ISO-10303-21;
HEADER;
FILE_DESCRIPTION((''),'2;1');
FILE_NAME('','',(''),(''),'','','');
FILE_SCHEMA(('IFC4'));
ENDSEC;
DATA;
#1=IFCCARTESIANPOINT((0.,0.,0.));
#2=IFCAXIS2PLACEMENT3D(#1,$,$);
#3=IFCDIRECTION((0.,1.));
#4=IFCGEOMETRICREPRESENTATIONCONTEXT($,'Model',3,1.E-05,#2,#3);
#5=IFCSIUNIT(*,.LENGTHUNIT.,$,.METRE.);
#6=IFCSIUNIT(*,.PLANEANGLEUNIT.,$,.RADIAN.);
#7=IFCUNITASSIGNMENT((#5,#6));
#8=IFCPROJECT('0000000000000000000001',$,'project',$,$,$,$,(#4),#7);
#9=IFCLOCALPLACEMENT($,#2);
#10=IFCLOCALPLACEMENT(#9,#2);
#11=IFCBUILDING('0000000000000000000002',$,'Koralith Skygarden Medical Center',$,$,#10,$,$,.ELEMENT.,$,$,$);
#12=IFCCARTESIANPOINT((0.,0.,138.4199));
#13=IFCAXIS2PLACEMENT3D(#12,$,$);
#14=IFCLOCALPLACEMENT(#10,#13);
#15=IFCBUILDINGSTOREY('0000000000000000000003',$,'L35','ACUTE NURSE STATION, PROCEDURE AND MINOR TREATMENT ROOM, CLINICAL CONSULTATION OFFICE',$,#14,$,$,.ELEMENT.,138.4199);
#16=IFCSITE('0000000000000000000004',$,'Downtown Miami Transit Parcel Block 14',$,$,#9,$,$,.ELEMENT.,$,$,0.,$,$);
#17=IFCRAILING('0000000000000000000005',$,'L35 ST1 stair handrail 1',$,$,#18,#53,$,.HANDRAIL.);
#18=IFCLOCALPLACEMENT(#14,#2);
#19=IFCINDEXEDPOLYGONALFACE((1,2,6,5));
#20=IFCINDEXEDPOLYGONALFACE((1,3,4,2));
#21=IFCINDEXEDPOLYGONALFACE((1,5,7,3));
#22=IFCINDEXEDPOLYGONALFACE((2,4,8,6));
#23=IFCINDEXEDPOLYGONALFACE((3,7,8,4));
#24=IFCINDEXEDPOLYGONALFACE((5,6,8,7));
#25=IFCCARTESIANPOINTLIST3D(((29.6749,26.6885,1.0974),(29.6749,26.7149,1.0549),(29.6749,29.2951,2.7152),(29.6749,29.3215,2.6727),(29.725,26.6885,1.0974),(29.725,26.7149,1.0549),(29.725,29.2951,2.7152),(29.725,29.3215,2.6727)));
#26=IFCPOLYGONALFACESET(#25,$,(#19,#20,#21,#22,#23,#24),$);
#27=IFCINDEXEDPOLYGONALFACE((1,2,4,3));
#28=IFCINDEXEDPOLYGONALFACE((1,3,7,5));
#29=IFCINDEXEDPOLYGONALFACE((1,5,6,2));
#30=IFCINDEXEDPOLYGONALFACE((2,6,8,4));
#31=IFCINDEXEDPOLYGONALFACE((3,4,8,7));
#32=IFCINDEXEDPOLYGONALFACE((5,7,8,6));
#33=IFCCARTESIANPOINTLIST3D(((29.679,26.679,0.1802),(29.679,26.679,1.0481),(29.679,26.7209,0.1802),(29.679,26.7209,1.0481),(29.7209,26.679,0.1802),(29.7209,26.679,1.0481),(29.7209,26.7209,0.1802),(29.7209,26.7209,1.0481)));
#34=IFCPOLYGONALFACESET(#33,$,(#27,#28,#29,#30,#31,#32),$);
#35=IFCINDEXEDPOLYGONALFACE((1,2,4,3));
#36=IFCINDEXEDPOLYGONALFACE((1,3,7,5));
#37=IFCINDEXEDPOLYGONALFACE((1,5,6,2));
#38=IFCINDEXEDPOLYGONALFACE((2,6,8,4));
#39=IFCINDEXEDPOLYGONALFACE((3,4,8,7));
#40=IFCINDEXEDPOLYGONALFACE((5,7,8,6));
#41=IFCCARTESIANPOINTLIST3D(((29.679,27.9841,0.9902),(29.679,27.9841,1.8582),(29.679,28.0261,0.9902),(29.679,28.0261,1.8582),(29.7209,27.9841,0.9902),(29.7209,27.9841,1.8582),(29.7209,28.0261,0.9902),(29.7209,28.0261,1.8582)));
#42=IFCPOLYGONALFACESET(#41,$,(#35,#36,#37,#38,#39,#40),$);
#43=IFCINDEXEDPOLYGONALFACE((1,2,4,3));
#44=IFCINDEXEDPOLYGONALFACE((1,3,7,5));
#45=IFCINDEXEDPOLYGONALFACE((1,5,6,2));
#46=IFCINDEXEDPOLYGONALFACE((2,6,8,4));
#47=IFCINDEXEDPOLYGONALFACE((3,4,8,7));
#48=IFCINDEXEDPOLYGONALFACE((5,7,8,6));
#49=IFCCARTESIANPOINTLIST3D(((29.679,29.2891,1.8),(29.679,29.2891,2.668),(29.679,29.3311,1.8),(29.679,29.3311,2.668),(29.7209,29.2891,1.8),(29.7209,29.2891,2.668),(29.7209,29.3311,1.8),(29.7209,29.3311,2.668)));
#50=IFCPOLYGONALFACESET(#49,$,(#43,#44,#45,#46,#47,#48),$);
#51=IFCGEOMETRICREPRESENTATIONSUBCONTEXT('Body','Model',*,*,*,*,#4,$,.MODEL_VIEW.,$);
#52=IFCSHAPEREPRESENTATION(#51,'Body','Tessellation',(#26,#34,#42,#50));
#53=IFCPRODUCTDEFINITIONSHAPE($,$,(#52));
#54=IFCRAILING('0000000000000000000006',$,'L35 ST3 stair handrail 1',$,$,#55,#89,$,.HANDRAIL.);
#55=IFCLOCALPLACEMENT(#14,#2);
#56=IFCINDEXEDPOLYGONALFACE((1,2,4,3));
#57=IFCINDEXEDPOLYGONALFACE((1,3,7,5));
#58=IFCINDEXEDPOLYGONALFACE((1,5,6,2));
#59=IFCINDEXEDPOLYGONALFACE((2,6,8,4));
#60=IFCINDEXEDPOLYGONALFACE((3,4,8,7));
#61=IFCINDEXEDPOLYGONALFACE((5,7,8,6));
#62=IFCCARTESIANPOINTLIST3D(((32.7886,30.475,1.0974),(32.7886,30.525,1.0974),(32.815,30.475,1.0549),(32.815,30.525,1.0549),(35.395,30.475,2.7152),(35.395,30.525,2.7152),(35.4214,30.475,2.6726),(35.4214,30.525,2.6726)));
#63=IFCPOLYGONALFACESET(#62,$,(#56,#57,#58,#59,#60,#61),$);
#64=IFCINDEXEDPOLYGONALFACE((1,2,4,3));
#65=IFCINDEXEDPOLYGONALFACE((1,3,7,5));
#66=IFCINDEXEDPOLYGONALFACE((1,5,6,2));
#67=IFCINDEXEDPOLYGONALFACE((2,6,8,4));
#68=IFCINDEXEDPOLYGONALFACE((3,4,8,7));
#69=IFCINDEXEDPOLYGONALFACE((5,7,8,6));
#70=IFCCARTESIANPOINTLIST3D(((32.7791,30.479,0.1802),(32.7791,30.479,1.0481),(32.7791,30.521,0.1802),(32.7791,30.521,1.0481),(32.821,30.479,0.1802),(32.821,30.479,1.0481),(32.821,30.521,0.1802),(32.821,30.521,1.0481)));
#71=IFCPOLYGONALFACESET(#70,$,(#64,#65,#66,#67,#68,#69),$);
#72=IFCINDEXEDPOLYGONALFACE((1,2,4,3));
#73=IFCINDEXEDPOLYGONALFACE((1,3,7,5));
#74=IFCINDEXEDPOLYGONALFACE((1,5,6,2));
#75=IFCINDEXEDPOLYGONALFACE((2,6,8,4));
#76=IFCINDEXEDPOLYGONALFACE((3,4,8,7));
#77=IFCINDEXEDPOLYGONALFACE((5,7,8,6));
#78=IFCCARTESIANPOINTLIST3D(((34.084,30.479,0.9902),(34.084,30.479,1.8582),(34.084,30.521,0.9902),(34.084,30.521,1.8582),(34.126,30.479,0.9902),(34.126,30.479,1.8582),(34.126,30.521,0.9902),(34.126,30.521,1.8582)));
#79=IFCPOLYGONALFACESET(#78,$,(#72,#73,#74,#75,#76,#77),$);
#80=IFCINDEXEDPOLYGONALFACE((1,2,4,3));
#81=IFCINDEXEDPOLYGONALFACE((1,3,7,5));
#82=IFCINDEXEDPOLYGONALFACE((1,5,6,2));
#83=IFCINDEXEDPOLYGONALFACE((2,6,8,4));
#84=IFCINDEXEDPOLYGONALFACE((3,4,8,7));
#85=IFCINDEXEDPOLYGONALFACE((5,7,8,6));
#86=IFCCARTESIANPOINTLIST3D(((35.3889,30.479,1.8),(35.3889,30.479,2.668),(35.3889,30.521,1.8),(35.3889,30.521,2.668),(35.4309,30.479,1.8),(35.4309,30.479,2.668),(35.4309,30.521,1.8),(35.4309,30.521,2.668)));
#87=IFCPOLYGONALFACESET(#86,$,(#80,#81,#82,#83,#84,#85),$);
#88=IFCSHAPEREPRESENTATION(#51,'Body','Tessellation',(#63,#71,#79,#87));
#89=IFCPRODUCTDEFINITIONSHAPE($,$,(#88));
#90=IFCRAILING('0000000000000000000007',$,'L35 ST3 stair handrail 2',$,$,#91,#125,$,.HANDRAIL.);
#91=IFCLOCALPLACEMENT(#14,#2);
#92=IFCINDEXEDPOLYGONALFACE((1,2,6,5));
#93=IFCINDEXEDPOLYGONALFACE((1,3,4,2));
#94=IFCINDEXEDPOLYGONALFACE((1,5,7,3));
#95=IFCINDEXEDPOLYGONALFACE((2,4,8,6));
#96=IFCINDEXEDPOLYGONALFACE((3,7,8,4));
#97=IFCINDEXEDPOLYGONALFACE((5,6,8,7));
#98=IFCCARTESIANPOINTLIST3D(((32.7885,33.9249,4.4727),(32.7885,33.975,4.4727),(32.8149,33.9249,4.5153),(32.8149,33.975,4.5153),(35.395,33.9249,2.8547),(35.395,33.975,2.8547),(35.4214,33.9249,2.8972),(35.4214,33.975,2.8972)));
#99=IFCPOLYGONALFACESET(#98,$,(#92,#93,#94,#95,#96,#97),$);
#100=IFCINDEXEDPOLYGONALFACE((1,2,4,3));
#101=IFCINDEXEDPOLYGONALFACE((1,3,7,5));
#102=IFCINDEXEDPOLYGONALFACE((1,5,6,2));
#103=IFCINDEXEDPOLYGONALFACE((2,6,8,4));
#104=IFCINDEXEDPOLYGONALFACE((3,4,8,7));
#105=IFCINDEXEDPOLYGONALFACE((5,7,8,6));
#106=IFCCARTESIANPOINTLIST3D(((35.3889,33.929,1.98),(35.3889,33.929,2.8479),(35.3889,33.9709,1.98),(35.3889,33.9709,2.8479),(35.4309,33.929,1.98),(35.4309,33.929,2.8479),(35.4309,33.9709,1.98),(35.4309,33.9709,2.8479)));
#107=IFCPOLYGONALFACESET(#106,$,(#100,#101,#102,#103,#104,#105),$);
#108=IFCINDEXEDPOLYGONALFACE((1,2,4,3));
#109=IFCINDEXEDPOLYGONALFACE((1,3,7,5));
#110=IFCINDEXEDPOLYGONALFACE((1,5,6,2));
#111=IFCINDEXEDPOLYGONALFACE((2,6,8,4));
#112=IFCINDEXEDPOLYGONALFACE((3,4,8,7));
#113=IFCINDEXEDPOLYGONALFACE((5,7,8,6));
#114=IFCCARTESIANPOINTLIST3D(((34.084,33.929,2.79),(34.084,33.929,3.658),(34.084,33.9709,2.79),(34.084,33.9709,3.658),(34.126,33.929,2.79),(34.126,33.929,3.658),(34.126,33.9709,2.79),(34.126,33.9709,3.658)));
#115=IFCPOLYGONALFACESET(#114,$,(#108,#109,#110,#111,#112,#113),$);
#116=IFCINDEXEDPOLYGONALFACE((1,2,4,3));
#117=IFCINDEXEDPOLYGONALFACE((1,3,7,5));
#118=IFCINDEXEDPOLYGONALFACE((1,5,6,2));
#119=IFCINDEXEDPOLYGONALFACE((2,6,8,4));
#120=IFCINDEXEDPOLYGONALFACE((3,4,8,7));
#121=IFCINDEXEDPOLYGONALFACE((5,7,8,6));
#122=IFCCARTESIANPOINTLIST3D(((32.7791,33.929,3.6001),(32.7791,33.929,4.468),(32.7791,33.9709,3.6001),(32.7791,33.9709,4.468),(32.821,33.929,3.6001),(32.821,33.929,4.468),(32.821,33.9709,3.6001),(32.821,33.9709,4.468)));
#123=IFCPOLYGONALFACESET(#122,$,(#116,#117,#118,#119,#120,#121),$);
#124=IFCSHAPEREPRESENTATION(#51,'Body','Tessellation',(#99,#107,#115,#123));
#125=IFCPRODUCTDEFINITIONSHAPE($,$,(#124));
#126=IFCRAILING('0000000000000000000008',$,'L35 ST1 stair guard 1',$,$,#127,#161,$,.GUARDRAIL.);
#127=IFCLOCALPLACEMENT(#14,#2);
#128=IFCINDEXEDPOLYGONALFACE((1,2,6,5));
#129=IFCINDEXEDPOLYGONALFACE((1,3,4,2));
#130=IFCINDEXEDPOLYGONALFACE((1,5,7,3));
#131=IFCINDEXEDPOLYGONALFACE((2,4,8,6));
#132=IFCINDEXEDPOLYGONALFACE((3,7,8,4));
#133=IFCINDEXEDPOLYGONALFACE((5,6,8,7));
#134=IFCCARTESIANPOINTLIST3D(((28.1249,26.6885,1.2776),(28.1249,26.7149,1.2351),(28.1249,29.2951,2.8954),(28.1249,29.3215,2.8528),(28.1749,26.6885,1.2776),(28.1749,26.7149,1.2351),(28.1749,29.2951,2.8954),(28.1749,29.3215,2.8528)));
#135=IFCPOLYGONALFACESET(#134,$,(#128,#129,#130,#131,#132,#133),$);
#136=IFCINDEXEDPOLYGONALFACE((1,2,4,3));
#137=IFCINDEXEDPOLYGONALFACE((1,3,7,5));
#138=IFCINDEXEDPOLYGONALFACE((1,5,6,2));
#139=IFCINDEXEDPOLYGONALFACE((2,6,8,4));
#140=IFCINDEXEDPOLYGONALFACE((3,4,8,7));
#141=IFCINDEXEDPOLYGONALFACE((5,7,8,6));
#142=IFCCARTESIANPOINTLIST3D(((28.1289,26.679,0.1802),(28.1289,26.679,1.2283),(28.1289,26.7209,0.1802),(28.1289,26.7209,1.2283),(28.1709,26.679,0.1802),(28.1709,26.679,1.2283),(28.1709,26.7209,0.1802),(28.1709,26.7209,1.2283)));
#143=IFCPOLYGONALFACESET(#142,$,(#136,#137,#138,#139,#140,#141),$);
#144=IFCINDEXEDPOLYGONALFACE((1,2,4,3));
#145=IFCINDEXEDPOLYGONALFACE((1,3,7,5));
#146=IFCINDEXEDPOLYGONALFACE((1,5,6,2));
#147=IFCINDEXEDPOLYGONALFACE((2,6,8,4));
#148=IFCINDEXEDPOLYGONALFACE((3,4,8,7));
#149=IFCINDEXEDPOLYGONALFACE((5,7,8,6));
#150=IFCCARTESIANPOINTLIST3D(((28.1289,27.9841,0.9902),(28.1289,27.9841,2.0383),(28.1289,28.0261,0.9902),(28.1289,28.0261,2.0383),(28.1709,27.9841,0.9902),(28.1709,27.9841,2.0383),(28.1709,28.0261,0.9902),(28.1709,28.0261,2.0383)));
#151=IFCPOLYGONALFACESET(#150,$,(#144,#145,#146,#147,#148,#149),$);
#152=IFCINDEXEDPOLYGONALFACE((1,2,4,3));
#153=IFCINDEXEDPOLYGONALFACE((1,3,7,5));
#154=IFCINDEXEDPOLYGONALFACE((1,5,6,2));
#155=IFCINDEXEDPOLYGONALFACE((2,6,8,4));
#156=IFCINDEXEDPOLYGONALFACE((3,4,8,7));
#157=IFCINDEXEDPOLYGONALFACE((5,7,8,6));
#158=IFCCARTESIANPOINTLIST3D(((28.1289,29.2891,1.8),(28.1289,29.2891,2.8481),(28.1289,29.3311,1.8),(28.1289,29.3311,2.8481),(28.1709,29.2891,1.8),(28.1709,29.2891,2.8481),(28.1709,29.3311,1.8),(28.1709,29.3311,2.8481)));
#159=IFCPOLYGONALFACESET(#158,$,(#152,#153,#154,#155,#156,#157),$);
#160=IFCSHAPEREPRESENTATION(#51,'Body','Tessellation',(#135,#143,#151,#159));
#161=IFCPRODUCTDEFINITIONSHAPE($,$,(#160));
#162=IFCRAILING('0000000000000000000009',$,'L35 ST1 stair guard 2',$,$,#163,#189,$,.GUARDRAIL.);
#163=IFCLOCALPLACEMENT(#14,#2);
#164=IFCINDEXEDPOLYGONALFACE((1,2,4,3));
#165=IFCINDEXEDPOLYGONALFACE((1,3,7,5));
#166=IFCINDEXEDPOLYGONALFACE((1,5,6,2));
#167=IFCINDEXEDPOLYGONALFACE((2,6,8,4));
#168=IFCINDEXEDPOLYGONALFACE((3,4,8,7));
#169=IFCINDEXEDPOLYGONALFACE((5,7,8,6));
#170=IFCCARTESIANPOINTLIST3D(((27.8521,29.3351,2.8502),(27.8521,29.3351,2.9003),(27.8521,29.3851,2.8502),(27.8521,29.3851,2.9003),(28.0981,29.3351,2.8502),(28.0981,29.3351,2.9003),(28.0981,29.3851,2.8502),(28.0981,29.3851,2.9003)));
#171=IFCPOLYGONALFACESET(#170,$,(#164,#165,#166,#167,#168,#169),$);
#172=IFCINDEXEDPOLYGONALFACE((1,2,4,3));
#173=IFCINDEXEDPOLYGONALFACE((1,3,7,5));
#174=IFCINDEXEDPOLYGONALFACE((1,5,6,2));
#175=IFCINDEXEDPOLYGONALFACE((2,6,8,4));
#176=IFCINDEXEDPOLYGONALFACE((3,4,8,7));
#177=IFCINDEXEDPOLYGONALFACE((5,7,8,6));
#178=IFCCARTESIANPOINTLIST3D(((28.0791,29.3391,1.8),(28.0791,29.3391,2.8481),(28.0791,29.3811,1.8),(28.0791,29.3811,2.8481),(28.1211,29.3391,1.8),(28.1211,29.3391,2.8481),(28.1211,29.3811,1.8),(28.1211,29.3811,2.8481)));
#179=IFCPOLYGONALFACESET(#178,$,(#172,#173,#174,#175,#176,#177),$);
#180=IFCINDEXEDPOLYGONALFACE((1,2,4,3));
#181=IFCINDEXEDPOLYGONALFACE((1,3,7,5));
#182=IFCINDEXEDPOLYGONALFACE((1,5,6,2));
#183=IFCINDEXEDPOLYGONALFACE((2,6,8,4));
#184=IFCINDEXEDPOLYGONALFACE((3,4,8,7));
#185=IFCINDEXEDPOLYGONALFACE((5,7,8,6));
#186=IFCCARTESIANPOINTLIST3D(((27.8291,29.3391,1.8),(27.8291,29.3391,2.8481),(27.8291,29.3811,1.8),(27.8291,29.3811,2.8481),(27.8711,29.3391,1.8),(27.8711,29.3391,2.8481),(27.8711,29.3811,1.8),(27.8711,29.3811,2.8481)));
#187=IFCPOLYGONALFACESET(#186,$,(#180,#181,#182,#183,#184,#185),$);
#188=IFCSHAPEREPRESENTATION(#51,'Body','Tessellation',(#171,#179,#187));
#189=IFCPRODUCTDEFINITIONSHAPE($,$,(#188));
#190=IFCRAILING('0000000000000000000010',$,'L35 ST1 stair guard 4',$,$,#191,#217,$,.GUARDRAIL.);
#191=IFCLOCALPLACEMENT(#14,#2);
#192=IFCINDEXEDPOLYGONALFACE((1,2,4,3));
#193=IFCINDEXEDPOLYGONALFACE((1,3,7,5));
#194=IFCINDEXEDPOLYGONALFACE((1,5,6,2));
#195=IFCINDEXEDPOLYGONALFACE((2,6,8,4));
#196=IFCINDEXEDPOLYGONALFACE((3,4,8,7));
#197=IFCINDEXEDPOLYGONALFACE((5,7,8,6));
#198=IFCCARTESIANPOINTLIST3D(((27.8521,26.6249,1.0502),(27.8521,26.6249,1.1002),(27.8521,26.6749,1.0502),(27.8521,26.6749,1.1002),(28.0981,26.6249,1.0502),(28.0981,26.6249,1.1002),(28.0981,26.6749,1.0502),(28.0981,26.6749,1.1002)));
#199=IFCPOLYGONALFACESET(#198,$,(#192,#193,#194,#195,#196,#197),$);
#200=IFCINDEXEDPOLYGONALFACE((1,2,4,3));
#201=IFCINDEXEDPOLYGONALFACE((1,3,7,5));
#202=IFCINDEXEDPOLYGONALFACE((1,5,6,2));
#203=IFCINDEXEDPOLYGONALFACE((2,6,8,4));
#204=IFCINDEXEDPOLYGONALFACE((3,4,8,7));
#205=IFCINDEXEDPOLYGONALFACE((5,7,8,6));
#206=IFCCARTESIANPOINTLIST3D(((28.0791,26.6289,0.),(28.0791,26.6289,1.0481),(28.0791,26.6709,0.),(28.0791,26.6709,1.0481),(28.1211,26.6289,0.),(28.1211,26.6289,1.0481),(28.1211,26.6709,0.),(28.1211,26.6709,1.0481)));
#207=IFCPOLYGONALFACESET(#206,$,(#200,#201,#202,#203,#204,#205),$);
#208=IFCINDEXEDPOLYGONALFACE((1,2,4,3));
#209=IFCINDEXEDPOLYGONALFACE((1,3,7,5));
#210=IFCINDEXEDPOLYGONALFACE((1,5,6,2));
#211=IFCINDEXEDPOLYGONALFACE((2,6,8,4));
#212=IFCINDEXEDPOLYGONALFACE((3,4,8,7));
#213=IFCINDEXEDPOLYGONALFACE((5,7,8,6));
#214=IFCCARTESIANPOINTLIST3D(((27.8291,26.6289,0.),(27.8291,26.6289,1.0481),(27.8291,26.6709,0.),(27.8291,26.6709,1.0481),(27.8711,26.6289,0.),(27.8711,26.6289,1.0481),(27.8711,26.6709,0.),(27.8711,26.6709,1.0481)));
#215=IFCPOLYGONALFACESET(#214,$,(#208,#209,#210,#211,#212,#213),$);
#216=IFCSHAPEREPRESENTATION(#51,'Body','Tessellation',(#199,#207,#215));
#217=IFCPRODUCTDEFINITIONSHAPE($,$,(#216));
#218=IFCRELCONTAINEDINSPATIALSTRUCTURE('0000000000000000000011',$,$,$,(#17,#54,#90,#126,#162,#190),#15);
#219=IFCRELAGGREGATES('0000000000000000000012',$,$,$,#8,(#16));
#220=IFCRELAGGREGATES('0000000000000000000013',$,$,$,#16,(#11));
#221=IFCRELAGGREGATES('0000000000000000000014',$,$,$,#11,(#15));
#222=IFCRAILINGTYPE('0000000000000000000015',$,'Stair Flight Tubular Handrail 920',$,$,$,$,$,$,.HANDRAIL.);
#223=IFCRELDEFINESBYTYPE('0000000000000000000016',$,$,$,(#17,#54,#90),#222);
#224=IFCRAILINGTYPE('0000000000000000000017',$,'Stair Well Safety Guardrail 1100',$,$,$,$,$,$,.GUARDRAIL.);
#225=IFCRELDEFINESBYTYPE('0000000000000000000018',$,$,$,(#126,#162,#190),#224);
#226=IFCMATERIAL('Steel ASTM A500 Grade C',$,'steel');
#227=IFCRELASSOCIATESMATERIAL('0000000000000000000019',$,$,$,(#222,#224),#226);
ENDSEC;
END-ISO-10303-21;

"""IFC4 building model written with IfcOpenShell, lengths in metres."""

from ifc_helpers import new_model, si_unit, direction, frame, origin, origin_2d, place, context, subcontext, project, spatial, rectangle, extrude, material, type_object, element, save


model = new_model("IFC4")

# Units and contexts
model_context = context("Model", 3, precision=1e-05, world=origin(), true_north=direction((0.0, 1.0)))
body_context = subcontext(model_context, "Body", "Model", "MODEL_VIEW")
ifc_project = project(units=[si_unit("LENGTHUNIT", "METRE"), si_unit("PLANEANGLEUNIT", "RADIAN")], contexts=[model_context])

# Site, building, storey
site_placement = place(None, origin())
site = spatial("IfcSite", under=ifc_project, at=site_placement, Name="Downtown Miami Transit Parcel Block 14", CompositionType="ELEMENT", RefElevation=0.0)
building_placement = place(site_placement, origin())
building = spatial("IfcBuilding", under=site, at=building_placement, Name="Koralith Skygarden Medical Center", CompositionType="ELEMENT")
storey_placement = place(building_placement, frame((0.0, 0.0, 138.4199)))
storey = spatial("IfcBuildingStorey", under=building, at=storey_placement, Name="L35", Description="ACUTE NURSE STATION, PROCEDURE AND MINOR TREATMENT ROOM, CLINICAL CONSULTATION OFFICE", CompositionType="ELEMENT", Elevation=138.4199)

# Railings
ifc_material_1 = material(Name="Steel ASTM A500 Grade C", Category="steel")
railing_type_1 = type_object("IfcRailingType", Name="Stair Flight Tubular Handrail 920", PredefinedType="HANDRAIL", material=ifc_material_1)
railing_1_placement = place(storey_placement, frame((29.7, 26.7, 0.1802)))
element("IfcRailing", 1, at=railing_1_placement, inside=storey, type_object=railing_type_1, Name="L35 ST1 stair handrail 1", PredefinedType="HANDRAIL", context=body_context, shape_type="SweptSolid", body=[
    extrude(rectangle(XDim=0.05, YDim=0.05, at=origin_2d()), frame((0.0, 0.0017, 0.896), z_axis=(0.0, 0.849668, 0.527317), x_axis=(-1.0, 0.0, 0.0)), (0.0, 0.0, 1.0), 3.0679),
    extrude(rectangle(XDim=0.042, YDim=0.042, at=origin_2d()), origin(), (0.0, 0.0, 1.0), 0.8679),
    extrude(rectangle(XDim=0.042, YDim=0.042, at=origin_2d()), frame((0.0, 1.3052, 0.8101)), (0.0, 0.0, 1.0), 0.8679),
    extrude(rectangle(XDim=0.042, YDim=0.042, at=origin_2d()), frame((0.0, 2.6101, 1.6199)), (0.0, 0.0, 1.0), 0.8679),
])
railing_2_placement = place(storey_placement, frame((32.8, 30.5, 0.1802)))
element("IfcRailing", 2, at=railing_2_placement, inside=storey, type_object=railing_type_1, Name="L35 ST3 stair handrail 1", PredefinedType="HANDRAIL", context=body_context, shape_type="SweptSolid", body=[
    extrude(rectangle(XDim=0.05, YDim=0.05, at=origin_2d()), frame((0.0017, 0.0, 0.896), z_axis=(0.849646, 0.0, 0.527353), x_axis=(0.0, 1.0, 0.0)), (0.0, 0.0, 1.0), 3.0676),
    extrude(rectangle(XDim=0.042, YDim=0.042, at=origin_2d()), origin(), (0.0, 0.0, 1.0), 0.8679),
    extrude(rectangle(XDim=0.042, YDim=0.042, at=origin_2d()), frame((1.3049, 0.0, 0.8101)), (0.0, 0.0, 1.0), 0.8679),
    extrude(rectangle(XDim=0.042, YDim=0.042, at=origin_2d()), frame((2.6099, 0.0, 1.6199)), (0.0, 0.0, 1.0), 0.8679),
])
railing_3_placement = place(storey_placement, frame((35.4099, 33.95, 1.98)))
element("IfcRailing", 3, at=railing_3_placement, inside=storey, type_object=railing_type_1, Name="L35 ST3 stair handrail 2", PredefinedType="HANDRAIL", context=body_context, shape_type="SweptSolid", body=[
    extrude(rectangle(XDim=0.05, YDim=0.05, at=origin_2d()), frame((-0.0017, 0.0, 0.896), z_axis=(-0.849611, 0.0, 0.52741), x_axis=(0.0, -1.0, 0.0)), (0.0, 0.0, 1.0), 3.0679),
    extrude(rectangle(XDim=0.042, YDim=0.042, at=origin_2d()), origin(), (0.0, 0.0, 1.0), 0.8679),
    extrude(rectangle(XDim=0.042, YDim=0.042, at=origin_2d()), frame((-1.3049, 0.0, 0.8101)), (0.0, 0.0, 1.0), 0.8679),
    extrude(rectangle(XDim=0.042, YDim=0.042, at=origin_2d()), frame((-2.6099, 0.0, 1.6201)), (0.0, 0.0, 1.0), 0.8679),
])
railing_type_2 = type_object("IfcRailingType", Name="Stair Well Safety Guardrail 1100", PredefinedType="GUARDRAIL", material=ifc_material_1)
railing_4_placement = place(storey_placement, frame((28.1499, 26.7, 0.1802)))
element("IfcRailing", 4, at=railing_4_placement, inside=storey, type_object=railing_type_2, Name="L35 ST1 stair guard 1", PredefinedType="GUARDRAIL", context=body_context, shape_type="SweptSolid", body=[
    extrude(rectangle(XDim=0.05, YDim=0.05, at=origin_2d()), frame((0.0, 0.0017, 1.0762), z_axis=(0.0, 0.849668, 0.527317), x_axis=(-1.0, 0.0, 0.0)), (0.0, 0.0, 1.0), 3.0679),
    extrude(rectangle(XDim=0.042, YDim=0.042, at=origin_2d()), origin(), (0.0, 0.0, 1.0), 1.0481),
    extrude(rectangle(XDim=0.042, YDim=0.042, at=origin_2d()), frame((0.0, 1.3052, 0.8101)), (0.0, 0.0, 1.0), 1.0481),
    extrude(rectangle(XDim=0.042, YDim=0.042, at=origin_2d()), frame((0.0, 2.6101, 1.6199)), (0.0, 0.0, 1.0), 1.0481),
])
for number, where, name in (
    (5, (28.1001, 29.3601, 1.8), "L35 ST1 stair guard 2"),
    (6, (28.1001, 26.6499, 0.0), "L35 ST1 stair guard 4"),
):
    element("IfcRailing", number, at=place(storey_placement, frame(where)), inside=storey, type_object=railing_type_2, Name=name, PredefinedType="GUARDRAIL", context=body_context, shape_type="SweptSolid", body=[
        extrude(rectangle(XDim=0.05, YDim=0.05, at=origin_2d()), frame((-0.002, 0.0, 1.0752), z_axis=(-1.0, 0.0, 0.0), x_axis=(0.0, -1.0, 0.0)), (0.0, 0.0, 1.0), 0.2461),
        extrude(rectangle(XDim=0.042, YDim=0.042, at=origin_2d()), origin(), (0.0, 0.0, 1.0), 1.0481),
        extrude(rectangle(XDim=0.042, YDim=0.042, at=origin_2d()), frame((-0.25, 0.0, 0.0)), (0.0, 0.0, 1.0), 1.0481),
    ])

save(model, "model.ifc")
